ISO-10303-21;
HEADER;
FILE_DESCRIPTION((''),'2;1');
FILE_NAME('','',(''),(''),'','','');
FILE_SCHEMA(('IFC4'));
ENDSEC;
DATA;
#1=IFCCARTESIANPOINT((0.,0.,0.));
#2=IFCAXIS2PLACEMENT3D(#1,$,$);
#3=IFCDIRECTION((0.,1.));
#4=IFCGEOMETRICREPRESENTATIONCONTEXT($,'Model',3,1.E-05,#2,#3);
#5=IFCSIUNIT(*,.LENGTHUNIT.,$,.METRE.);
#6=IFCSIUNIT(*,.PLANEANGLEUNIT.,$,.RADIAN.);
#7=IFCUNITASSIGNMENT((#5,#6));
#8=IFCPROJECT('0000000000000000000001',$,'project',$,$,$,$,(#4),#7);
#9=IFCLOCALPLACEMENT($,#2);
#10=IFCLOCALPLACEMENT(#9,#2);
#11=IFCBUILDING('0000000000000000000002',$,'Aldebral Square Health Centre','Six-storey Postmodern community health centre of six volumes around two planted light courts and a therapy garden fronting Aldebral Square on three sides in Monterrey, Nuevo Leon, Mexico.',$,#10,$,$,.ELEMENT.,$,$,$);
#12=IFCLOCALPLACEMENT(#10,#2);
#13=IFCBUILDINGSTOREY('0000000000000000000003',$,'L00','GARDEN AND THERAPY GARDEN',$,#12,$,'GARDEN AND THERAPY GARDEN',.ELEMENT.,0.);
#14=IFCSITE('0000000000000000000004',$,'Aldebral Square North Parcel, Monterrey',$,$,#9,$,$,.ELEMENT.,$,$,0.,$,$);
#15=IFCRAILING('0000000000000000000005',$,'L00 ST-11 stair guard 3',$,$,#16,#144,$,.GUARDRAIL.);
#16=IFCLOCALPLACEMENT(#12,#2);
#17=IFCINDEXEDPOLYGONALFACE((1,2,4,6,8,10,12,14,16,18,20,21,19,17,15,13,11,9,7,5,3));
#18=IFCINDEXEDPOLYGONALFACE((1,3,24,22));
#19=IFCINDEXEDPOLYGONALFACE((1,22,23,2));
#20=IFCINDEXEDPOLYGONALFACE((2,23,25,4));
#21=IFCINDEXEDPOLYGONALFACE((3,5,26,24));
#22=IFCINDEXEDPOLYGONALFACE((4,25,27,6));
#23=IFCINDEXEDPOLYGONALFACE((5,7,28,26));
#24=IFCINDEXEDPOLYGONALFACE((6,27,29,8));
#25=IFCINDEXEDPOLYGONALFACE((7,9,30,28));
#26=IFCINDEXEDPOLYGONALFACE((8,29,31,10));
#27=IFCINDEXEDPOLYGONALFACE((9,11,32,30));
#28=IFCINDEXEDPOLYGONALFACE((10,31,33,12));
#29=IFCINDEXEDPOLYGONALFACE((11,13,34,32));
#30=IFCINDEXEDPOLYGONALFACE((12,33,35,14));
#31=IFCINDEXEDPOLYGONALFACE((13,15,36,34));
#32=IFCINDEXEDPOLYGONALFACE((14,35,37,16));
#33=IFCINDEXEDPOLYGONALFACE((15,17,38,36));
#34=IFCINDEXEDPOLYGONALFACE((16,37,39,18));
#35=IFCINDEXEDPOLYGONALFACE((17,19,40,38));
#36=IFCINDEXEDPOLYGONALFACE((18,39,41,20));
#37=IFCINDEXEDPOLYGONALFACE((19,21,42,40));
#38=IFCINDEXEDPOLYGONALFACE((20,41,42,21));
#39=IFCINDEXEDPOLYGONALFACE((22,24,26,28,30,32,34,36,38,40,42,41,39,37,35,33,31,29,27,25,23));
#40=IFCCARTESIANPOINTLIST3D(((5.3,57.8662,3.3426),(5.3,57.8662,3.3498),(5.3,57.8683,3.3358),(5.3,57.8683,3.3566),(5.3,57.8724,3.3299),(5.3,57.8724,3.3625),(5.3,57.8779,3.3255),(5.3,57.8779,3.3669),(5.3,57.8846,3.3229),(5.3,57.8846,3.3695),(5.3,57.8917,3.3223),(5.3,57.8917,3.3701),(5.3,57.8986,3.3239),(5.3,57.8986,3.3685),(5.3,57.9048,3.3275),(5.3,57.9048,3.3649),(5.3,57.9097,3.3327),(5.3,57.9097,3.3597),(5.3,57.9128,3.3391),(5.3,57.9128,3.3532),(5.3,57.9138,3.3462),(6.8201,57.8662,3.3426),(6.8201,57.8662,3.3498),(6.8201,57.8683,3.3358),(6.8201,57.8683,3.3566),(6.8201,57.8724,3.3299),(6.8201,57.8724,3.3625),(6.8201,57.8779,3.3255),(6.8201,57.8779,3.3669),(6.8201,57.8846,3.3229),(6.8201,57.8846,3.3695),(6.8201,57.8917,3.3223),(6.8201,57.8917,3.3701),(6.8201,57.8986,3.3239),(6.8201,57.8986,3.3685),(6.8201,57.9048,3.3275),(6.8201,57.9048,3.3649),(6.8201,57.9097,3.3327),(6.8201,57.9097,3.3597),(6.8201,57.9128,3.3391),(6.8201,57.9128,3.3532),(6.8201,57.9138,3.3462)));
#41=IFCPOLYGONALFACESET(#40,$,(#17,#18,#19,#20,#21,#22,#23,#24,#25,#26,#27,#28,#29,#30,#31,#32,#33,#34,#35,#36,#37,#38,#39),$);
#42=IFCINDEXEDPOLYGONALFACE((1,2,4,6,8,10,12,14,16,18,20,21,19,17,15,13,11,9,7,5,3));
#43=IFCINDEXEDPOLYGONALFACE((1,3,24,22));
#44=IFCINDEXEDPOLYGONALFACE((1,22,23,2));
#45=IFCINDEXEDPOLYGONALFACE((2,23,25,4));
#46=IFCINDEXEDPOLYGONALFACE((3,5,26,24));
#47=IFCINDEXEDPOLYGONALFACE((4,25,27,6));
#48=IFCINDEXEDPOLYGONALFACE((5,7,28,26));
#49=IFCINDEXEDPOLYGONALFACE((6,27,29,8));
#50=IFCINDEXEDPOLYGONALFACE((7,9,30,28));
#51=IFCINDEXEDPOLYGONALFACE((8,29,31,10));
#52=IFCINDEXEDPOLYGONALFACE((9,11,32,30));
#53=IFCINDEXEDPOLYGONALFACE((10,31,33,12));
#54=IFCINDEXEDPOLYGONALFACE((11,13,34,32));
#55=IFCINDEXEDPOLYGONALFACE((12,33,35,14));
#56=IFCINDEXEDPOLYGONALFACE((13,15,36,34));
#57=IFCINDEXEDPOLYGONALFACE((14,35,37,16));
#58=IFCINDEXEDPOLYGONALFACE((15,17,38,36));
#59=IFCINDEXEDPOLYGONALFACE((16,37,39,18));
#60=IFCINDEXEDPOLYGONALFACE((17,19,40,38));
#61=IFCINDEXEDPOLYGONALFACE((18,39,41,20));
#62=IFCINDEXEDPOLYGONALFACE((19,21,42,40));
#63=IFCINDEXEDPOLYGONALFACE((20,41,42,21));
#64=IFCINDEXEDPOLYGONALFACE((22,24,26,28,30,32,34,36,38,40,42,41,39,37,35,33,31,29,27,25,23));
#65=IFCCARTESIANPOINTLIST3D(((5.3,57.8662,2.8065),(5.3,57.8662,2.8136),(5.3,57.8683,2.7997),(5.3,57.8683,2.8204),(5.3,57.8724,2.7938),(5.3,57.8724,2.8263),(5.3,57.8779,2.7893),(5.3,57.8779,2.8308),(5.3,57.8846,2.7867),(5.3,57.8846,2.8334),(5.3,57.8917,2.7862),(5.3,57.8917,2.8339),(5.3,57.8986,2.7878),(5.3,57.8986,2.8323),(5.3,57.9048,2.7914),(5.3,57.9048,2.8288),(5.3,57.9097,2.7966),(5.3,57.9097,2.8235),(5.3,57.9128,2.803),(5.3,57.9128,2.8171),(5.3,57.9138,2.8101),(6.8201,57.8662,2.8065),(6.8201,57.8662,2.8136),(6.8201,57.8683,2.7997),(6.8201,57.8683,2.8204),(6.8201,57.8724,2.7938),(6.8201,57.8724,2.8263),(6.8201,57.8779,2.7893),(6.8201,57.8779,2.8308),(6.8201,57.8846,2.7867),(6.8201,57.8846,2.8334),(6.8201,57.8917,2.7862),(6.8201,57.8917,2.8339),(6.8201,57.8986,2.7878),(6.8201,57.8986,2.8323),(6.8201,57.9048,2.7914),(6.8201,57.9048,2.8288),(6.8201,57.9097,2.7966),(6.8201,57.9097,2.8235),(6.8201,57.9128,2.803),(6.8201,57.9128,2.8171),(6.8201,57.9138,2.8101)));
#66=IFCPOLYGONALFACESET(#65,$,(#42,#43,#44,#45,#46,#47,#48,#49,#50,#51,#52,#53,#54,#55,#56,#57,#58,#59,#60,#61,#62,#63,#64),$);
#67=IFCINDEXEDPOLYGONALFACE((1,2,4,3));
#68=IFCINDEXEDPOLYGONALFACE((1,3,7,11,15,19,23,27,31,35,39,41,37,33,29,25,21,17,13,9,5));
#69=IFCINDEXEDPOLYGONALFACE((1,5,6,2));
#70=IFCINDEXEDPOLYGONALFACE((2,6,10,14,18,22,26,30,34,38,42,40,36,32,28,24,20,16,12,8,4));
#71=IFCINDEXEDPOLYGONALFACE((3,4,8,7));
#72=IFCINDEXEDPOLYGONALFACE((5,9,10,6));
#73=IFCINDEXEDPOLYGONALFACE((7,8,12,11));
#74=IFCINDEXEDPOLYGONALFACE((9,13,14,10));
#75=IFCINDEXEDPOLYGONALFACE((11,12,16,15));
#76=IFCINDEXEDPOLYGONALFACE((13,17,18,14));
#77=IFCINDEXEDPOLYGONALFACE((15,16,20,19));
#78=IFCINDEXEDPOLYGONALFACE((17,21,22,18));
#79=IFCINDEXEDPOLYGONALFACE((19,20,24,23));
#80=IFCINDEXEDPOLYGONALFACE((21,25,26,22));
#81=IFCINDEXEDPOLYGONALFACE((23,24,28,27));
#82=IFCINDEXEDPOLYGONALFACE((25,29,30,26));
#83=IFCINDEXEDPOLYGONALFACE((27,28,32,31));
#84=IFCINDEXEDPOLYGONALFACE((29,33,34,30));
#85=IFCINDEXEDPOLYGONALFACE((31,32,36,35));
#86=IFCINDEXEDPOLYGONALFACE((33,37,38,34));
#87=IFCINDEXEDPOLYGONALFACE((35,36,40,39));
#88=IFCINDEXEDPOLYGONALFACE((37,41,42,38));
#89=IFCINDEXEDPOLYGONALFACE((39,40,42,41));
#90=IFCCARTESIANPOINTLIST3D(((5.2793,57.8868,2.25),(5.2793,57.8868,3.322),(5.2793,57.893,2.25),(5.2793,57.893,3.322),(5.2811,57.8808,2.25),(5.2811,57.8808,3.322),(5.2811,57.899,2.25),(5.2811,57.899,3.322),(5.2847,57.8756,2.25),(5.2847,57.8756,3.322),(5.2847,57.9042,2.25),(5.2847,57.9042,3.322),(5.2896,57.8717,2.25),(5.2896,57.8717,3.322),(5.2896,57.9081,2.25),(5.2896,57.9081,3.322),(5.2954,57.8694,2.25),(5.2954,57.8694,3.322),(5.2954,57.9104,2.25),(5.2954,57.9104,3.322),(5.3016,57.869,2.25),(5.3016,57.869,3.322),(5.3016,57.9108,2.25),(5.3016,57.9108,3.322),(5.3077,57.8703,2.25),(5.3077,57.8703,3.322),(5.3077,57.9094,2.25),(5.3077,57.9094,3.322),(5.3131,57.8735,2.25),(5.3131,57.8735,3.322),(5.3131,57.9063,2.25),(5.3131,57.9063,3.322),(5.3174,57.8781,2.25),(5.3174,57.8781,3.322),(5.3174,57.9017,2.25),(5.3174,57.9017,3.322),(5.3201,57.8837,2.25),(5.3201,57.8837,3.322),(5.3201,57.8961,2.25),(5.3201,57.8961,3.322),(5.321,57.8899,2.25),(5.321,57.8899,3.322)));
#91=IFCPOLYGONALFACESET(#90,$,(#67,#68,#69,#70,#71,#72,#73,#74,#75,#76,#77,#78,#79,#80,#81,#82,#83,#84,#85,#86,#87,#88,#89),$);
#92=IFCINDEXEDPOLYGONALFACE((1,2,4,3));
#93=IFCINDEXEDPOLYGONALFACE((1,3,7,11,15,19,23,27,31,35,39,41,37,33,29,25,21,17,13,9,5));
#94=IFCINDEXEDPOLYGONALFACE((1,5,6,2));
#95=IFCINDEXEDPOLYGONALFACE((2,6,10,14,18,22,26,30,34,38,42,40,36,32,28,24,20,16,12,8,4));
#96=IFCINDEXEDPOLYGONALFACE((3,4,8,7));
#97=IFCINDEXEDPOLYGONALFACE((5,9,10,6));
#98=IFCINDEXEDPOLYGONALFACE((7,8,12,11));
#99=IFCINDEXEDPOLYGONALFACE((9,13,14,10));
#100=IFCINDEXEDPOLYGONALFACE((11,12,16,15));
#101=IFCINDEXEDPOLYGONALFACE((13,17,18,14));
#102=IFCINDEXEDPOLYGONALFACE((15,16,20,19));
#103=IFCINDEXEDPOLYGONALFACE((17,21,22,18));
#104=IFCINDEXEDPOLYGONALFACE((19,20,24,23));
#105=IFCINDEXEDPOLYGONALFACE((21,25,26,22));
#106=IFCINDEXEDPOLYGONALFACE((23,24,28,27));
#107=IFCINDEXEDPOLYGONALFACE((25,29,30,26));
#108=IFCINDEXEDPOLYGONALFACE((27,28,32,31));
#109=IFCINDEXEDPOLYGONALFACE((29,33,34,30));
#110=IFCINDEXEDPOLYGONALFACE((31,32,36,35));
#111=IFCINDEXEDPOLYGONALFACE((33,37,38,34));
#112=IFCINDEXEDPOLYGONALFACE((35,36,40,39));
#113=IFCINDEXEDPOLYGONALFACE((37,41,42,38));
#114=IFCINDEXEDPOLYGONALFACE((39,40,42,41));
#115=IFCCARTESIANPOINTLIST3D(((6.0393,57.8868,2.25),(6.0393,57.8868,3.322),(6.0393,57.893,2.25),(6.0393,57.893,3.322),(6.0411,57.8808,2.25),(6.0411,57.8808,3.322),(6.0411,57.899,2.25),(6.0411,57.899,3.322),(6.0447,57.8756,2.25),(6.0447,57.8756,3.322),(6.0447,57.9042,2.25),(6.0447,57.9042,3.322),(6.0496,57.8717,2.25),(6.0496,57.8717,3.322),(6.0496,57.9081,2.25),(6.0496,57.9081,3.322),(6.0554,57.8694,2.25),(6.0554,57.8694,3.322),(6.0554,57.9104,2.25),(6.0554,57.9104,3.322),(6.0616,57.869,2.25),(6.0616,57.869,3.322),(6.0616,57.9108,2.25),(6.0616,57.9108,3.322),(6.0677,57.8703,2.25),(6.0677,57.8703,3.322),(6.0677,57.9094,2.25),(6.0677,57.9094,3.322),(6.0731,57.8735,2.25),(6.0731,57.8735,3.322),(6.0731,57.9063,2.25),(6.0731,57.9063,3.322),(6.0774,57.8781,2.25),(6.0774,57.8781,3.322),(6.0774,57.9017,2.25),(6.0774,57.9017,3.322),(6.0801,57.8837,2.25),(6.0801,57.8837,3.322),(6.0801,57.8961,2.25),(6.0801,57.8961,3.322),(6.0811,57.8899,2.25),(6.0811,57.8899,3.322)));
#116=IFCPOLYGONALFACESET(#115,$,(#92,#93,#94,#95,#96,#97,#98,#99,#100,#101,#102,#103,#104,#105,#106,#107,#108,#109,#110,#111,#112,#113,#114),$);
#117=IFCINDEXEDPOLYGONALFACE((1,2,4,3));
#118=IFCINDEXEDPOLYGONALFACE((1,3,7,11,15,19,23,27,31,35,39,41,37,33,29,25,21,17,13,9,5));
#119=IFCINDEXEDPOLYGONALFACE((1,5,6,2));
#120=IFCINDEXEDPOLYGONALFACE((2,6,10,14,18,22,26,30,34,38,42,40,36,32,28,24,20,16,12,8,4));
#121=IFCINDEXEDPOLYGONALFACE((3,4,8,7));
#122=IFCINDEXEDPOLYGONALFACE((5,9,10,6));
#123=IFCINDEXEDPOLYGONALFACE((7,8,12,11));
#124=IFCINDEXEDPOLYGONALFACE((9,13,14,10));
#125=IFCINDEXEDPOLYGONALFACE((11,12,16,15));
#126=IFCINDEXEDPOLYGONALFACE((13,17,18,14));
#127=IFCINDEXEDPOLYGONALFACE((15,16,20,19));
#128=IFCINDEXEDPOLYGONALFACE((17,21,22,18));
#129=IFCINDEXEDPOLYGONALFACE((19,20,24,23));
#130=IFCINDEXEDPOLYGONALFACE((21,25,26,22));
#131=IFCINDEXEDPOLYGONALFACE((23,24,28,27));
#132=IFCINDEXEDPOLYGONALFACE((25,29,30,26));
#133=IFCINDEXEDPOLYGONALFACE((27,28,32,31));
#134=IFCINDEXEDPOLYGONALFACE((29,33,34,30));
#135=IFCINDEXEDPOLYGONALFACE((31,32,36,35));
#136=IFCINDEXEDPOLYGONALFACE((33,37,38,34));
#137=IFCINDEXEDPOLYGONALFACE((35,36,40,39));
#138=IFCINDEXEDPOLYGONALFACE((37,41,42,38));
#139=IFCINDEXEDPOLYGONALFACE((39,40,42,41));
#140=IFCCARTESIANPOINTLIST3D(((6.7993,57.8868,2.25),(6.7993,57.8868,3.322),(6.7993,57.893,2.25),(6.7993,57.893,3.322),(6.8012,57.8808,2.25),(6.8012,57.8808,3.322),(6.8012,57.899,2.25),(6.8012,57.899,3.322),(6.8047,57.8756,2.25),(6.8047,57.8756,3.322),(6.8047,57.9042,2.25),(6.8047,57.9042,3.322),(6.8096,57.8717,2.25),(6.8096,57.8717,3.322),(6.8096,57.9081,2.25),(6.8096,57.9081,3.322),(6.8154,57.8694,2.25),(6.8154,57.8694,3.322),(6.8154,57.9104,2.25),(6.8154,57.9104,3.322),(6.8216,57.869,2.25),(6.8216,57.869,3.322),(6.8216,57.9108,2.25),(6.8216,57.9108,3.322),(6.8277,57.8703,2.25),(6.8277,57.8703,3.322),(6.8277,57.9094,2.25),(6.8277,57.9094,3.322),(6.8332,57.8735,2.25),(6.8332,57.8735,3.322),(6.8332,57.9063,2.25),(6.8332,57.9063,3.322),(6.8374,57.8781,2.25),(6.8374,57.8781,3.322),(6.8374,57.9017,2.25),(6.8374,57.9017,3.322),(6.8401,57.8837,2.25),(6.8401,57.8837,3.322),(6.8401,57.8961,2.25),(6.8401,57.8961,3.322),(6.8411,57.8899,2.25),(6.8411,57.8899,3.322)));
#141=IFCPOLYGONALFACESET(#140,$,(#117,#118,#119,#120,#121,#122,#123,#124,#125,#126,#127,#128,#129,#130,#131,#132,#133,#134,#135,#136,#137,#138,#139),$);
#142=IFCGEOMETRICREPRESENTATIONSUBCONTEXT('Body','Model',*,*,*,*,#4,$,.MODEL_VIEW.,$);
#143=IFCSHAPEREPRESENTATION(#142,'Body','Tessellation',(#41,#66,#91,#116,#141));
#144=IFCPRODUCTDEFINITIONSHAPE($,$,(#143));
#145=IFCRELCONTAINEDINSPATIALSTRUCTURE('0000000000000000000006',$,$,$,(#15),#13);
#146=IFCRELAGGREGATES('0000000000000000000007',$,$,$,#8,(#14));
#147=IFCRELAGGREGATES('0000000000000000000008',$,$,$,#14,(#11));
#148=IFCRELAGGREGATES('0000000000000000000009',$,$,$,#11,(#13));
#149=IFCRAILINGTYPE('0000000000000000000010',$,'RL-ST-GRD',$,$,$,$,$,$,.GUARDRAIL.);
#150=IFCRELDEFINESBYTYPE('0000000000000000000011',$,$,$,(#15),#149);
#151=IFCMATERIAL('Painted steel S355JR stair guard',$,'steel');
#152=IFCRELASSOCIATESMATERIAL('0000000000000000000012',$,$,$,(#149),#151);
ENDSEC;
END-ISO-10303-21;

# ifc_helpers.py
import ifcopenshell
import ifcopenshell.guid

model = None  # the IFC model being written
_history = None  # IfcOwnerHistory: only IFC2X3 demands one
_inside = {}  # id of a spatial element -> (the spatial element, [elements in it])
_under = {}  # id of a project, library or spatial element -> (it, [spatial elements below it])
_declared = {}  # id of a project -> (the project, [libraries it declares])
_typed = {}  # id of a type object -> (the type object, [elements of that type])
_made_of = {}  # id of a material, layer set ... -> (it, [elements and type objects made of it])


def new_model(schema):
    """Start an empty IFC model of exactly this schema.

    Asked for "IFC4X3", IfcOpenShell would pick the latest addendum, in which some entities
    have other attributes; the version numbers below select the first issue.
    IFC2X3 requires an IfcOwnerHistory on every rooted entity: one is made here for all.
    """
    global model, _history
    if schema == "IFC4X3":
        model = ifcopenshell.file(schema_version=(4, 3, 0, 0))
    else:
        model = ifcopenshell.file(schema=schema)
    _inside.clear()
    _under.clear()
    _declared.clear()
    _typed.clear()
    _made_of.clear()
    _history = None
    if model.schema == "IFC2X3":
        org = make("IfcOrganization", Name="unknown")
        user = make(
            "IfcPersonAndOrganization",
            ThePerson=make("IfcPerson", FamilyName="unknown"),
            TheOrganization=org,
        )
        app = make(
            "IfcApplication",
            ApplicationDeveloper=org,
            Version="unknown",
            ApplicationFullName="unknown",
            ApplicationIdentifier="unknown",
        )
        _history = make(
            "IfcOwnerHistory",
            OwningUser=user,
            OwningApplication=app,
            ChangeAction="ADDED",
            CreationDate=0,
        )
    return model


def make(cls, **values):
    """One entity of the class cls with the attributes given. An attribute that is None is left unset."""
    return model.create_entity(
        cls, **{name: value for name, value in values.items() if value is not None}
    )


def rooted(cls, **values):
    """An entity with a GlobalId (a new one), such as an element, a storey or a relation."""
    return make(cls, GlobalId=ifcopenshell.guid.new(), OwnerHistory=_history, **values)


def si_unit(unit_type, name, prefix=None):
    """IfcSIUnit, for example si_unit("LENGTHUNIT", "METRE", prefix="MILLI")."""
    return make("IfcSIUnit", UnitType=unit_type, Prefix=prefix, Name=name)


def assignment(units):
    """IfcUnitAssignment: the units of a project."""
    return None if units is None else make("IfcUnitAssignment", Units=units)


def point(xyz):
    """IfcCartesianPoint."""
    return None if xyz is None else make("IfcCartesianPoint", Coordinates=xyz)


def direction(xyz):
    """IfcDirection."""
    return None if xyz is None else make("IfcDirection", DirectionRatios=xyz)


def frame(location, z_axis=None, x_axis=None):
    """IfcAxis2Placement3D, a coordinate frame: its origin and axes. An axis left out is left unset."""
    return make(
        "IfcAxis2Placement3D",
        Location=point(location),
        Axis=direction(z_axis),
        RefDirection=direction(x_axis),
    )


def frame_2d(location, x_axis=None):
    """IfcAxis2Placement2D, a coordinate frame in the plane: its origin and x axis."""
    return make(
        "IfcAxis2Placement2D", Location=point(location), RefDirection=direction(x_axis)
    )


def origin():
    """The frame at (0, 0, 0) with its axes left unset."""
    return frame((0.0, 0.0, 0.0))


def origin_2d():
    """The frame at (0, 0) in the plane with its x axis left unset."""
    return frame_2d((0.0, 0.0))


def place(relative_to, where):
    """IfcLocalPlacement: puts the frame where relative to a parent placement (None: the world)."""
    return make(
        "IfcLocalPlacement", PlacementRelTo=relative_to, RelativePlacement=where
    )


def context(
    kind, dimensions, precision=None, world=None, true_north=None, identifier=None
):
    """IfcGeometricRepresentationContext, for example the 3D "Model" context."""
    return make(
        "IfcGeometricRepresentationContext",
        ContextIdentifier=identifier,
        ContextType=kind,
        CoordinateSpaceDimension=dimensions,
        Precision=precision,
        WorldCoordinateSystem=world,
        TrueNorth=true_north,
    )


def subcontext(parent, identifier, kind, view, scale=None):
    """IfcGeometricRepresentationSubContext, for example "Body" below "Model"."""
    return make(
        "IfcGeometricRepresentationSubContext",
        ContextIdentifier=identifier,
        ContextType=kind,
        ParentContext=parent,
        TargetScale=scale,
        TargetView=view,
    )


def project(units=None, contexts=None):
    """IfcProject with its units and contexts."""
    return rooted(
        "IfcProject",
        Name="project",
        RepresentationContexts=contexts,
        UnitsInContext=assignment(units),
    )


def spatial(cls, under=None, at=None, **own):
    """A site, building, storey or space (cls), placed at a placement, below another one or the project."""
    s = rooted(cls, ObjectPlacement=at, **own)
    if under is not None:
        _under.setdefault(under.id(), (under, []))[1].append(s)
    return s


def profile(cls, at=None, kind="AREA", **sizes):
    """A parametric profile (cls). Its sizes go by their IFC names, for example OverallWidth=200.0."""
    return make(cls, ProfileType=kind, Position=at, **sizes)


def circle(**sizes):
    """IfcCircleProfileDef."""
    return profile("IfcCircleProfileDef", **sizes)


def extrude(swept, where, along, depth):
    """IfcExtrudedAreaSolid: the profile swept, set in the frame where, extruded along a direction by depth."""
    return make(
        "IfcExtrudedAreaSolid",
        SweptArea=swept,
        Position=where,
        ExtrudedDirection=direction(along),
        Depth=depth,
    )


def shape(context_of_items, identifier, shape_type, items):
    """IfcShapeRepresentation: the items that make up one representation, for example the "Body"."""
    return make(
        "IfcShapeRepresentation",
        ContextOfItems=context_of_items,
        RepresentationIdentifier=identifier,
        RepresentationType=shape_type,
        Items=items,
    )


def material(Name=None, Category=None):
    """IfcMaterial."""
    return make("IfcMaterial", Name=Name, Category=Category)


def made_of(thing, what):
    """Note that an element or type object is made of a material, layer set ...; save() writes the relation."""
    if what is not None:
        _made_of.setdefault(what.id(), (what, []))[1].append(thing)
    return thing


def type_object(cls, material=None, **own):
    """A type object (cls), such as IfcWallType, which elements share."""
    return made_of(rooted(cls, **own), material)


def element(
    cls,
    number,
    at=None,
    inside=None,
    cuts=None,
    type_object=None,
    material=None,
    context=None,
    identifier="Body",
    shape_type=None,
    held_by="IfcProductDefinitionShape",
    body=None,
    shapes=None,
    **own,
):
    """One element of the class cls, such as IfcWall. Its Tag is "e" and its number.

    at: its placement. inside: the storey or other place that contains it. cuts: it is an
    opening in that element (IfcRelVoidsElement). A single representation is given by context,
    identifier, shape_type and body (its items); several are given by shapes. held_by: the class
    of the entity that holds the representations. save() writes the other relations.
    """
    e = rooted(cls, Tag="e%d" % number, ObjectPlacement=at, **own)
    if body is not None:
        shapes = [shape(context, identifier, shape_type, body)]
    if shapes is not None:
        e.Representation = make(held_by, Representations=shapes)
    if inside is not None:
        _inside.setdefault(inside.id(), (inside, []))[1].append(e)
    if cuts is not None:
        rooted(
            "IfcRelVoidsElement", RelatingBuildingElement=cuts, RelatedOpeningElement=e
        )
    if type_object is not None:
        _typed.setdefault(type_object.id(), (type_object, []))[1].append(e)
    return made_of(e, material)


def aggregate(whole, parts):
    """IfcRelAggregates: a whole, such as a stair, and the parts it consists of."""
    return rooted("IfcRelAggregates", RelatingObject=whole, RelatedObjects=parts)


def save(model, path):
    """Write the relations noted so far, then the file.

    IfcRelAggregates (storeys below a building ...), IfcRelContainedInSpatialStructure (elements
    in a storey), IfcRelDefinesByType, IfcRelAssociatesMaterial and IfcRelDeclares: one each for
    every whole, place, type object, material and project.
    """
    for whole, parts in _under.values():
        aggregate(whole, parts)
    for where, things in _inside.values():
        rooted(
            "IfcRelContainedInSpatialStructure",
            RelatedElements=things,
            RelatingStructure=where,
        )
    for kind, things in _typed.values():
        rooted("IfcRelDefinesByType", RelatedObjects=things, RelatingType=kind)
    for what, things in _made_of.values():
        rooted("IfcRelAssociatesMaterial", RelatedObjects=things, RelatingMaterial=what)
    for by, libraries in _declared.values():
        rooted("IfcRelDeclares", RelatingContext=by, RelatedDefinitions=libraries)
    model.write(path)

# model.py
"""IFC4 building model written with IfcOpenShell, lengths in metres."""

from ifc_helpers import new_model, si_unit, direction, frame, origin, origin_2d, place, context, subcontext, project, spatial, circle, extrude, material, type_object, element, save


model = new_model("IFC4")

# Units and contexts
model_context = context("Model", 3, precision=1e-05, world=origin(), true_north=direction((0.0, 1.0)))
body_context = subcontext(model_context, "Body", "Model", "MODEL_VIEW")
ifc_project = project(units=[si_unit("LENGTHUNIT", "METRE"), si_unit("PLANEANGLEUNIT", "RADIAN")], contexts=[model_context])

# Site, building, storey
site_placement = place(None, origin())
site = spatial("IfcSite", under=ifc_project, at=site_placement, Name="Aldebral Square North Parcel, Monterrey", CompositionType="ELEMENT", RefElevation=0.0)
building_placement = place(site_placement, origin())
building = spatial("IfcBuilding", under=site, at=building_placement, Name="Aldebral Square Health Centre", Description="Six-storey Postmodern community health centre of six volumes around two planted light courts and a therapy garden fronting Aldebral Square on three sides in Monterrey, Nuevo Leon, Mexico.", CompositionType="ELEMENT")
storey_placement = place(building_placement, origin())
storey = spatial("IfcBuildingStorey", under=building, at=storey_placement, Name="L00", Description="GARDEN AND THERAPY GARDEN", LongName="GARDEN AND THERAPY GARDEN", CompositionType="ELEMENT", Elevation=0.0)

# Railing
ifc_material_1 = material(Name="Painted steel S355JR stair guard", Category="steel")
railing_type_1 = type_object("IfcRailingType", Name="RL-ST-GRD", PredefinedType="GUARDRAIL", material=ifc_material_1)
railing_1_placement = place(storey_placement, frame((5.3, 57.8899, 2.25)))
element("IfcRailing", 1, at=railing_1_placement, inside=storey, type_object=railing_type_1, Name="L00 ST-11 stair guard 3", PredefinedType="GUARDRAIL", context=body_context, shape_type="SweptSolid", body=[
    extrude(circle(Radius=0.0239, at=origin_2d()), frame((0.0, 0.0, 1.0962), z_axis=(1.0, 0.0, 0.0), x_axis=(0.0, 1.0, 0.0)), (0.0, 0.0, 1.0), 1.52),
    extrude(circle(Radius=0.0239, at=origin_2d()), frame((0.0, 0.0, 0.5601), z_axis=(1.0, 0.0, 0.0), x_axis=(0.0, 1.0, 0.0)), (0.0, 0.0, 1.0), 1.52),
    extrude(circle(Radius=0.021, at=origin_2d()), origin(), (0.0, 0.0, 1.0), 1.072),
    extrude(circle(Radius=0.021, at=origin_2d()), frame((0.76, 0.0, 0.0)), (0.0, 0.0, 1.0), 1.072),
    extrude(circle(Radius=0.021, at=origin_2d()), frame((1.52, 0.0, 0.0)), (0.0, 0.0, 1.0), 1.072),
])

save(model, "model.ifc")
